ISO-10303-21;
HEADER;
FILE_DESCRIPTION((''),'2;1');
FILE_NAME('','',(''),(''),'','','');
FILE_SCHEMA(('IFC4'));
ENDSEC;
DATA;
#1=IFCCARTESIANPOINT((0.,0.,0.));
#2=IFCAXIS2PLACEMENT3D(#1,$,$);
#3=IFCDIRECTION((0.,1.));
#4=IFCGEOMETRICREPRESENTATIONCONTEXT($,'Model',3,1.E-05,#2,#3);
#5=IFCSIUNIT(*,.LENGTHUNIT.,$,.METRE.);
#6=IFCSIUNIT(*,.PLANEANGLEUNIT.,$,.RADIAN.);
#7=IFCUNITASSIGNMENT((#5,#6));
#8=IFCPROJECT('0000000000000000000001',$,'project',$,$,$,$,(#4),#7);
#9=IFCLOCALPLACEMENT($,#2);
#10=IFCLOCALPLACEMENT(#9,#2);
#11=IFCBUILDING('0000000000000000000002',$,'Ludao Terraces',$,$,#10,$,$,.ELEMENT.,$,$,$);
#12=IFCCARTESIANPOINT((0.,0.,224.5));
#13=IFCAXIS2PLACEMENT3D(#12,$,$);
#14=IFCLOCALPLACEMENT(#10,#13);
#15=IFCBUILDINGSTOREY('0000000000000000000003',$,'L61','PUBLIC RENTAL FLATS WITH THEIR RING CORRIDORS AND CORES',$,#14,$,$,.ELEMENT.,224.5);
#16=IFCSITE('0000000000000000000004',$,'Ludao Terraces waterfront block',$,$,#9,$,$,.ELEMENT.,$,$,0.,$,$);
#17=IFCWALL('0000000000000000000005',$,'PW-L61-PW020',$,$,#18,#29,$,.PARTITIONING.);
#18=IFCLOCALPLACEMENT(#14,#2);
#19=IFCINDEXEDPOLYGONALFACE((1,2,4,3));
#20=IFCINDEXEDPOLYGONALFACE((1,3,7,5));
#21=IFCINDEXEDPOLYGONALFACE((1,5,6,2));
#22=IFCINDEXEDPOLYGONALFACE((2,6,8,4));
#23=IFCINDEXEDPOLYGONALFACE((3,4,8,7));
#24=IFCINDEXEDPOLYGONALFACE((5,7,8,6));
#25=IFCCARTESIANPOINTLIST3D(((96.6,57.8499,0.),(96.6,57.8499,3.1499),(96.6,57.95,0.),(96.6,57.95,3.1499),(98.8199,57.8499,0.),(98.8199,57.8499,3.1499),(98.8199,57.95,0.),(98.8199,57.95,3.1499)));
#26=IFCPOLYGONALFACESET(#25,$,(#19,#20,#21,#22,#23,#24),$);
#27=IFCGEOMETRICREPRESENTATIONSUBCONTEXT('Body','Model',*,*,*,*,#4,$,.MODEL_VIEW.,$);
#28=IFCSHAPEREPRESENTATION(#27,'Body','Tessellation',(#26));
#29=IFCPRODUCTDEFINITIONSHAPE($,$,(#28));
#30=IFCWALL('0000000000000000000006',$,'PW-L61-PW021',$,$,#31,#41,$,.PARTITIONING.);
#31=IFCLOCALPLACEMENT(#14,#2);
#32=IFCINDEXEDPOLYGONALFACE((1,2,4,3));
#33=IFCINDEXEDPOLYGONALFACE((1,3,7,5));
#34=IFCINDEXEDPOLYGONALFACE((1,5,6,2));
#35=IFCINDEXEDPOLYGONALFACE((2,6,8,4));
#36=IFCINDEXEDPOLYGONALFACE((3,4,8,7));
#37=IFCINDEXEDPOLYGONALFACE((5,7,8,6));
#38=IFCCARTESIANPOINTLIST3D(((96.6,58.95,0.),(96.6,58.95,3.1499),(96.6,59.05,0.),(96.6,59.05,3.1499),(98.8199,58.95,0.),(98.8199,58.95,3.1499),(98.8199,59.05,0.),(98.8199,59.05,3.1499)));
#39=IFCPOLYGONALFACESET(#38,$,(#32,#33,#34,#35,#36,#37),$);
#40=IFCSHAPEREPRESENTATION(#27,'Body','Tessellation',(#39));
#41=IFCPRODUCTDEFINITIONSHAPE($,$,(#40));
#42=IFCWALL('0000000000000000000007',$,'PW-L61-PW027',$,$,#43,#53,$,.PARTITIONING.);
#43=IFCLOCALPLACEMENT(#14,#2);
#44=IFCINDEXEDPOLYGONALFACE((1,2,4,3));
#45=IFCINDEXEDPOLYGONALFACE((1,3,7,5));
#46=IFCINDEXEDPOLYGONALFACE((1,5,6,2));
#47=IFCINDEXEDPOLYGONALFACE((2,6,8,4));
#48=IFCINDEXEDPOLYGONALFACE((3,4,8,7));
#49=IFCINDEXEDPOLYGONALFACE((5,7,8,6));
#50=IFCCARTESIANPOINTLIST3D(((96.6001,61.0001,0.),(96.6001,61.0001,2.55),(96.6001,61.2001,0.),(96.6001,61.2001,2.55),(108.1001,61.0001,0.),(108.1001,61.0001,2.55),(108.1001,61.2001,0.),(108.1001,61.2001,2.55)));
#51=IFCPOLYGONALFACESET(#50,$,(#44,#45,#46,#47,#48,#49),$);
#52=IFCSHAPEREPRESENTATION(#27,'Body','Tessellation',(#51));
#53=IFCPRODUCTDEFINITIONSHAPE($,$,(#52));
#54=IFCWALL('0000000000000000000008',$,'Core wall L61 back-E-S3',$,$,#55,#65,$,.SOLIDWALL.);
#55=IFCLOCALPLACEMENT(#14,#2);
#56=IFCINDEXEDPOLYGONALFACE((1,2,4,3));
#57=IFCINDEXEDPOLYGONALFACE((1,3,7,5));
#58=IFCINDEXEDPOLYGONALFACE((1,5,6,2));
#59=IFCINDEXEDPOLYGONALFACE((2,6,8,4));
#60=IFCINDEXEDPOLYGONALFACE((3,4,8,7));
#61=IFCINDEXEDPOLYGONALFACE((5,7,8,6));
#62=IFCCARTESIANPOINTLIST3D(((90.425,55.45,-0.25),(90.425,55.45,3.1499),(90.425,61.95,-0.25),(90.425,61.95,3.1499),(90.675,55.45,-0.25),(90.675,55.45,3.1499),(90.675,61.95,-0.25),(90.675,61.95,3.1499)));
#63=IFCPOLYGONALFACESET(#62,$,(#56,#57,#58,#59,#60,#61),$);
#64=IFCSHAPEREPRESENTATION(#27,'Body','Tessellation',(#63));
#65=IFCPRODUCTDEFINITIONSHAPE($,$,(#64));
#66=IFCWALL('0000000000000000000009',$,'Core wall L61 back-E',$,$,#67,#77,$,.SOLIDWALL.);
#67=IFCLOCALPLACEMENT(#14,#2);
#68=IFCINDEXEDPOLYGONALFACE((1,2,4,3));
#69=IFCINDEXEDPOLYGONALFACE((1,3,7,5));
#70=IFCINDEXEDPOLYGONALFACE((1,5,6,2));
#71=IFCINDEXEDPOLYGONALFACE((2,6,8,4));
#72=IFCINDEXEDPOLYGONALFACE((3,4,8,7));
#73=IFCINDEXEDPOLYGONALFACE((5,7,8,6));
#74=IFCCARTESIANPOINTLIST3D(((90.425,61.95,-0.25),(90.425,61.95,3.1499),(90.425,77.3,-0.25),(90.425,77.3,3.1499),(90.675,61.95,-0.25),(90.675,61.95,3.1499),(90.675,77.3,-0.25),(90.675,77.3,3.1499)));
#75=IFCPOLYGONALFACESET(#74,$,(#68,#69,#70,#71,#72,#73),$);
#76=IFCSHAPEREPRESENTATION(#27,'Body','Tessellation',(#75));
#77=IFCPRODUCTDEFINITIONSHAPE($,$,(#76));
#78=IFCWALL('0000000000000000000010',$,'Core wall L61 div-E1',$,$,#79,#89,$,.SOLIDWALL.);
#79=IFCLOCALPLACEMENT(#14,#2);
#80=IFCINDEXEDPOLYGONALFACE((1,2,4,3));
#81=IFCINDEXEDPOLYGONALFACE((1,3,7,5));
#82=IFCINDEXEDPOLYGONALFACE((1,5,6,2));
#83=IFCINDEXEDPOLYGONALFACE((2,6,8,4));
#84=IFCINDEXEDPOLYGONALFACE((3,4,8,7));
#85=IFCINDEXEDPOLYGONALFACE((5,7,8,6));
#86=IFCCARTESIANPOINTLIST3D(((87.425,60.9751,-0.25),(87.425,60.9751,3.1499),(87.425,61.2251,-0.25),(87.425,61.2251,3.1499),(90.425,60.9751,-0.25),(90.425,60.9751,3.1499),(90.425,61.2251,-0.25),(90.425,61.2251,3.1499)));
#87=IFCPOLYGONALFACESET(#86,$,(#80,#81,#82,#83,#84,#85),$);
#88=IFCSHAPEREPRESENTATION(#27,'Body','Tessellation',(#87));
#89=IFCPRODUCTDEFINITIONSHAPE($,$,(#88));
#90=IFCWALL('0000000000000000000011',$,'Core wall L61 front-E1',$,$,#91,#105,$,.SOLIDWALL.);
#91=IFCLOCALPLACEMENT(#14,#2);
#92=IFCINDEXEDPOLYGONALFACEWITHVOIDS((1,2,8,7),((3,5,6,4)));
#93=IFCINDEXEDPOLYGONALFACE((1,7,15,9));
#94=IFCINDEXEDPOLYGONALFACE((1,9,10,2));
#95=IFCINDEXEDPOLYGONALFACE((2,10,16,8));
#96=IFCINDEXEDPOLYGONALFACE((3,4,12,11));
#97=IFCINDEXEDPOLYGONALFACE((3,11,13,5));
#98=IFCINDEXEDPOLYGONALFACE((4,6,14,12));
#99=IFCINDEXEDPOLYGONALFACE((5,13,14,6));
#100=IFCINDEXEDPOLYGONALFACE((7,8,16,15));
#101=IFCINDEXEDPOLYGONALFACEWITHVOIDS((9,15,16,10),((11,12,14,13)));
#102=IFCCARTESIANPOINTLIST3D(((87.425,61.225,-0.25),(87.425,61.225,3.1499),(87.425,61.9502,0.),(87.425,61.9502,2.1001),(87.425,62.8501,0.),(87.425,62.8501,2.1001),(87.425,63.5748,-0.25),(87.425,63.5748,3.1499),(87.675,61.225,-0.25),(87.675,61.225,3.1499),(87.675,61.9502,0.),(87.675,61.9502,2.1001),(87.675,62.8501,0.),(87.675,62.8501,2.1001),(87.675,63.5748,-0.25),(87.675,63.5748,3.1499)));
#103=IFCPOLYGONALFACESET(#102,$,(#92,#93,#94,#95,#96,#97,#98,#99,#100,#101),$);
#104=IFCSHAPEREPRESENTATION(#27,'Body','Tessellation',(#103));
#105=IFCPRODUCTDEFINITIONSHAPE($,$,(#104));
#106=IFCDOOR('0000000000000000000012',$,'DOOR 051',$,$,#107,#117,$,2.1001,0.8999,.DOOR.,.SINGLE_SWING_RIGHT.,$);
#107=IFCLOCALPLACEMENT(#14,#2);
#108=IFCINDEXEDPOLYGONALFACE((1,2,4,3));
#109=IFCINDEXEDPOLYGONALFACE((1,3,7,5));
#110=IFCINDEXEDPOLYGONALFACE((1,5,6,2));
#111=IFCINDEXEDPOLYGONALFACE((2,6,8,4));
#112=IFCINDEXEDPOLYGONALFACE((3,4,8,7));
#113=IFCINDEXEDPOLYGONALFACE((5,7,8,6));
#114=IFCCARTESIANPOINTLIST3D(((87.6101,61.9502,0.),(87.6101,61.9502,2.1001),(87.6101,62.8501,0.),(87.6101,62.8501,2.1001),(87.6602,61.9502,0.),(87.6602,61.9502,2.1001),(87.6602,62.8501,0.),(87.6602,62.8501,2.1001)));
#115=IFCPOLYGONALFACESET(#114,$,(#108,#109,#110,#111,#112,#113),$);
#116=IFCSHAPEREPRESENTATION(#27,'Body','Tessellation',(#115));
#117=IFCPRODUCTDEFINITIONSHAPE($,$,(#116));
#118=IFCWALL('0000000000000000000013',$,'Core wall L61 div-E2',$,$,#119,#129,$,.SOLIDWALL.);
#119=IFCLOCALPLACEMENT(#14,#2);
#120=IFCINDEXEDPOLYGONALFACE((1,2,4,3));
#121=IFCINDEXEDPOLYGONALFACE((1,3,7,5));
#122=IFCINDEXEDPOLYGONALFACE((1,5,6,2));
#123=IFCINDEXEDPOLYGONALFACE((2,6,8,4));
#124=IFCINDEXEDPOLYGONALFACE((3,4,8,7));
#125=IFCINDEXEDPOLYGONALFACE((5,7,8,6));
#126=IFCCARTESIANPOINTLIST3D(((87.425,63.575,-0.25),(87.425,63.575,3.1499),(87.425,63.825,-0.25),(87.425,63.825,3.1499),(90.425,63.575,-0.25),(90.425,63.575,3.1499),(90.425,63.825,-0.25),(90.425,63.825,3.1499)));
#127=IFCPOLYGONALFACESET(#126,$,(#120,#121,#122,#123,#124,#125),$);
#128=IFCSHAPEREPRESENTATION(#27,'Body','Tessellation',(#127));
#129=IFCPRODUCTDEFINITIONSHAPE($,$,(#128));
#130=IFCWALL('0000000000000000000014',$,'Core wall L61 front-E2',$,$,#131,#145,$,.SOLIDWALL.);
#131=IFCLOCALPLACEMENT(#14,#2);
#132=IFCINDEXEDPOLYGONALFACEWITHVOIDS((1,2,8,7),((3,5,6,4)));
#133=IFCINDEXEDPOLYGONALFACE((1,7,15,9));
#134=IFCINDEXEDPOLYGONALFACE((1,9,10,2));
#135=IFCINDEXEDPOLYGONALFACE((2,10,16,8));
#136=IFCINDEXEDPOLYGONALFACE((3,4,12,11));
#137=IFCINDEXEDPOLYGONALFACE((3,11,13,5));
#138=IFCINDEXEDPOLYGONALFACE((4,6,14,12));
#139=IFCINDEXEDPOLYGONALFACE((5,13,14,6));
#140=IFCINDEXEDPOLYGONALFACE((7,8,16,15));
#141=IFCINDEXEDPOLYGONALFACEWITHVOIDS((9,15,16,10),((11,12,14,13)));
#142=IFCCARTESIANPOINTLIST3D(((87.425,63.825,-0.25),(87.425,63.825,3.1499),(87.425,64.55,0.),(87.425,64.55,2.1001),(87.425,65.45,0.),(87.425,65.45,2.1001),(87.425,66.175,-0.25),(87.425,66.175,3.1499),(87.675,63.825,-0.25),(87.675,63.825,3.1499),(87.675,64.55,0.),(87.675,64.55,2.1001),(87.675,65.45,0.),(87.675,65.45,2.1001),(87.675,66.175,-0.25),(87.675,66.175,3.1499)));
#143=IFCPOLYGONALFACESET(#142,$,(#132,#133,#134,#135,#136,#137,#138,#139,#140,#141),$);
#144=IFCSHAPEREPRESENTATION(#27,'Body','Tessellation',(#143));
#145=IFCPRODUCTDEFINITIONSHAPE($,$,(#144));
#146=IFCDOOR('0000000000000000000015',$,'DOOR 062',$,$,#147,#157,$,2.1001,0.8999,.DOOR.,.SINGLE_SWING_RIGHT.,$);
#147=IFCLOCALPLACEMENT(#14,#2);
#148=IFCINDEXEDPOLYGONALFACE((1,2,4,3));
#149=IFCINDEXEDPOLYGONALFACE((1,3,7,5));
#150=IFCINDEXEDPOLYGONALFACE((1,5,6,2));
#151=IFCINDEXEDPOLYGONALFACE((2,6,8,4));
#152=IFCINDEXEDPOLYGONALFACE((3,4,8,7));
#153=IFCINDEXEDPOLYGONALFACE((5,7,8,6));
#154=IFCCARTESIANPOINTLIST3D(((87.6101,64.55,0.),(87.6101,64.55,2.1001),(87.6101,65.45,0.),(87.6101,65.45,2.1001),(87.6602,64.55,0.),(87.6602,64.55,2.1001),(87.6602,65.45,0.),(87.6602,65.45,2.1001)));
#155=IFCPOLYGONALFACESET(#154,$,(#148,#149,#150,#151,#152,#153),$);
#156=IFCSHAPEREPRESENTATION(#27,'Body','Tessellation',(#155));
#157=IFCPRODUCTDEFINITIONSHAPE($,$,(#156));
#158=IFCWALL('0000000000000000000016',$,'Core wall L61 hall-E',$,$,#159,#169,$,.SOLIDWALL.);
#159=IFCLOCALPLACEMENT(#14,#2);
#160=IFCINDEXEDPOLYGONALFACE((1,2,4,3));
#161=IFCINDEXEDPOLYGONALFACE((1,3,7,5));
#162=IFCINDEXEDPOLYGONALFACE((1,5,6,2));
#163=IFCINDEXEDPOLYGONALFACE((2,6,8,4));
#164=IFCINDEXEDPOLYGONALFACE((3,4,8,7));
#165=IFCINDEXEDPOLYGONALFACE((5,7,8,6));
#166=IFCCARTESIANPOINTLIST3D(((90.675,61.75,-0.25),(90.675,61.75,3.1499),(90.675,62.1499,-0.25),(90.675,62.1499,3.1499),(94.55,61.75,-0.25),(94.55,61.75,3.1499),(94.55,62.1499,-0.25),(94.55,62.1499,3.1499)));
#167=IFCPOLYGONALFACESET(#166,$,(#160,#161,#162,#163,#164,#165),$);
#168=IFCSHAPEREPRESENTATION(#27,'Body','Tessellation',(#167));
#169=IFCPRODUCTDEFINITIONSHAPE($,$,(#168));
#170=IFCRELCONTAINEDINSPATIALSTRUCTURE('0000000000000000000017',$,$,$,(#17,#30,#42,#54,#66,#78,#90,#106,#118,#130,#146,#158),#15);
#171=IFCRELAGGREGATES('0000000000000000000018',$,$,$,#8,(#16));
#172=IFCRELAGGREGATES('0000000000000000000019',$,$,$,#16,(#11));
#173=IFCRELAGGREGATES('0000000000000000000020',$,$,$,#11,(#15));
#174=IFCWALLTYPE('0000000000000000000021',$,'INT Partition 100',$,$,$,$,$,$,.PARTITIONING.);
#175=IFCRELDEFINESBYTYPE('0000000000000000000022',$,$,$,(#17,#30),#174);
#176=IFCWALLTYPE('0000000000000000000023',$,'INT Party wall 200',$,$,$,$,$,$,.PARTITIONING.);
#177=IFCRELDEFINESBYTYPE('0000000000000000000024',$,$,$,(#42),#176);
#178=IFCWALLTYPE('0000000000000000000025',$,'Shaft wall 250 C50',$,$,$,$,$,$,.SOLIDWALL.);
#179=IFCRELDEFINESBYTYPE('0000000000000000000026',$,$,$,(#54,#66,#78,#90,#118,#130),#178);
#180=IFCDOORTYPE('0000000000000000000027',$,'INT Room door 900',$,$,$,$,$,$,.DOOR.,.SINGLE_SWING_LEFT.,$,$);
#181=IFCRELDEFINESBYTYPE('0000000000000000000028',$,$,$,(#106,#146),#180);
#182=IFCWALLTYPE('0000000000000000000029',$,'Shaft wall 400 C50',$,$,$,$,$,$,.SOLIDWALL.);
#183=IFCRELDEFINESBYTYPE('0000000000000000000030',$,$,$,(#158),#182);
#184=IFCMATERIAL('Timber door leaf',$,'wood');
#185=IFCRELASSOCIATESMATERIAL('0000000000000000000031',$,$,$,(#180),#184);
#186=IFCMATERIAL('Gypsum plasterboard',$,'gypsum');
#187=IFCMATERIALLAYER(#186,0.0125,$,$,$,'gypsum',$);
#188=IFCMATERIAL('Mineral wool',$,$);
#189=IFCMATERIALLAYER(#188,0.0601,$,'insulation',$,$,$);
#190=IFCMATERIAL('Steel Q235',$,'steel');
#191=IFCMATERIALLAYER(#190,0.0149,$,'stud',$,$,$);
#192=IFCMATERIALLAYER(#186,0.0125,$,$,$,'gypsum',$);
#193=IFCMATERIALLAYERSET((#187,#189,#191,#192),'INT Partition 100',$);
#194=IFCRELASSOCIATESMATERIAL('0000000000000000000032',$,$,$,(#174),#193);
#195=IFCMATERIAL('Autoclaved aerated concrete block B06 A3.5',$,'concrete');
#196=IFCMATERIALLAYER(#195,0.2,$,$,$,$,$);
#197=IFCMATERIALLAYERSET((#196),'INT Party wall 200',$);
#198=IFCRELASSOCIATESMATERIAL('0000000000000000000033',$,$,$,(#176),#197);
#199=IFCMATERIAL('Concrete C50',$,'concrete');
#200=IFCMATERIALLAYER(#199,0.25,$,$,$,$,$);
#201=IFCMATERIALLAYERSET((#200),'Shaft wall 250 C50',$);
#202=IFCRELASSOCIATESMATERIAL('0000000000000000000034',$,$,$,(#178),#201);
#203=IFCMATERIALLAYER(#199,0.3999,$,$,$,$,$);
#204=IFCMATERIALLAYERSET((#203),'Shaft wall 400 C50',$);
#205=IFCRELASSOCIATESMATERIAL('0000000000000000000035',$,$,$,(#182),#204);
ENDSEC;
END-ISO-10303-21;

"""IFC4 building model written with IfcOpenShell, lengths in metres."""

from ifc_helpers import new_model, si_unit, direction, frame, frame_2d, origin, place, context, subcontext, project, spatial, rectangle, extrude, material, layer, layer_set, type_object, element, fill, save


model = new_model("IFC4")

# Units and contexts
model_context = context("Model", 3, precision=1e-05, world=origin(), true_north=direction((0.0, 1.0)))
body_context = subcontext(model_context, "Body", "Model", "MODEL_VIEW")
ifc_project = project(units=[si_unit("LENGTHUNIT", "METRE"), si_unit("PLANEANGLEUNIT", "RADIAN")], contexts=[model_context])

# Site, building, storey
site_placement = place(None, origin())
site = spatial("IfcSite", under=ifc_project, at=site_placement, Name="Ludao Terraces waterfront block", CompositionType="ELEMENT", RefElevation=0.0)
building_placement = place(site_placement, origin())
building = spatial("IfcBuilding", under=site, at=building_placement, Name="Ludao Terraces", CompositionType="ELEMENT")
storey_placement = place(building_placement, frame((0.0, 0.0, 224.5)))
storey = spatial("IfcBuildingStorey", under=building, at=storey_placement, Name="L61", Description="PUBLIC RENTAL FLATS WITH THEIR RING CORRIDORS AND CORES", CompositionType="ELEMENT", Elevation=224.5)

# Shared definitions
ifc_material_1 = material(Name="Concrete C50", Category="concrete")
ifc_material_2 = material(Name="Steel Q235", Category="steel")
ifc_material_3 = material(Name="Timber door leaf", Category="wood")
door_type_1 = type_object("IfcDoorType", Name="INT Room door 900", OperationType="SINGLE_SWING_LEFT", PredefinedType="DOOR", material=ifc_material_3)

# Shared definitions
ifc_material_4 = material(Name="Mineral wool")

# Walls
ifc_material_5 = material(Name="Gypsum plasterboard", Category="gypsum")
ifc_layer_1 = layer(ifc_material_5, 0.0125, Category="gypsum")
ifc_layer_2 = layer(ifc_material_4, 0.0601, Name="insulation")
ifc_layer_3 = layer(ifc_material_2, 0.0149, Name="stud")
ifc_layer_4 = layer(ifc_material_5, 0.0125, Category="gypsum")
ifc_layer_set_1 = layer_set([ifc_layer_1, ifc_layer_2, ifc_layer_3, ifc_layer_4], Name="INT Partition 100")
wall_type_1 = type_object("IfcWallType", Name="INT Partition 100", PredefinedType="PARTITIONING", material=ifc_layer_set_1)
for number, where, z_axis, x_axis, name in (
    (1, (96.6001, 57.8999, 0.0), (0.0, 0.0, 1.0), (1.0, 0.0, 0.0), "PW-L61-PW020"),
    (2, (96.6001, 59.0, 0.0), (0.0, 0.0, 1.0), (1.0, 0.0, 0.0), "PW-L61-PW021"),
):
    element("IfcWall", number, at=place(storey_placement, frame(where, z_axis=z_axis, x_axis=x_axis)), inside=storey, type_object=wall_type_1, Name=name, PredefinedType="PARTITIONING", context=body_context, shape_type="SweptSolid", body=[
        extrude(rectangle(XDim=2.22, YDim=0.1001, at=frame_2d((1.1099, 0.0))), origin(), (0.0, 0.0, 1.0), 3.1499),
    ])
ifc_material_6 = material(Name="Autoclaved aerated concrete block B06 A3.5", Category="concrete")
ifc_layer_5 = layer(ifc_material_6, 0.2)
ifc_layer_set_2 = layer_set([ifc_layer_5], Name="INT Party wall 200")
wall_type_2 = type_object("IfcWallType", Name="INT Party wall 200", PredefinedType="PARTITIONING", material=ifc_layer_set_2)
wall_1_placement = place(storey_placement, frame((96.6001, 61.1001, 0.0), z_axis=(0.0, 0.0, 1.0), x_axis=(1.0, 0.0, 0.0)))
element("IfcWall", 3, at=wall_1_placement, inside=storey, type_object=wall_type_2, Name="PW-L61-PW027", PredefinedType="PARTITIONING", context=body_context, shape_type="SweptSolid", body=[
    extrude(rectangle(XDim=11.5, YDim=0.2, at=frame_2d((5.75, 0.0))), origin(), (0.0, 0.0, 1.0), 2.55),
])
ifc_layer_6 = layer(ifc_material_1, 0.25)
ifc_layer_set_3 = layer_set([ifc_layer_6], Name="Shaft wall 250 C50")
wall_type_3 = type_object("IfcWallType", Name="Shaft wall 250 C50", PredefinedType="SOLIDWALL", material=ifc_layer_set_3)
wall_2_placement = place(storey_placement, frame((90.55, 55.45, -0.25), z_axis=(0.0, 0.0, 1.0), x_axis=(0.0, 1.0, 0.0)))
element("IfcWall", 4, at=wall_2_placement, inside=storey, type_object=wall_type_3, Name="Core wall L61 back-E-S3", PredefinedType="SOLIDWALL", context=body_context, shape_type="SweptSolid", body=[
    extrude(rectangle(XDim=6.5, YDim=0.25, at=frame_2d((3.25, 0.0))), origin(), (0.0, 0.0, 1.0), 3.3999),
])
wall_3_placement = place(storey_placement, frame((90.55, 61.95, -0.25), z_axis=(0.0, 0.0, 1.0), x_axis=(0.0, 1.0, 0.0)))
element("IfcWall", 5, at=wall_3_placement, inside=storey, type_object=wall_type_3, Name="Core wall L61 back-E", PredefinedType="SOLIDWALL", context=body_context, shape_type="SweptSolid", body=[
    extrude(rectangle(XDim=15.3501, YDim=0.25, at=frame_2d((7.675, 0.0))), origin(), (0.0, 0.0, 1.0), 3.3999),
])
wall_4_placement = place(storey_placement, frame((87.425, 61.1001, -0.25), z_axis=(0.0, 0.0, 1.0), x_axis=(1.0, 0.0, 0.0)))
element("IfcWall", 6, at=wall_4_placement, inside=storey, type_object=wall_type_3, Name="Core wall L61 div-E1", PredefinedType="SOLIDWALL", context=body_context, shape_type="SweptSolid", body=[
    extrude(rectangle(XDim=3.0, YDim=0.25, at=frame_2d((1.5, 0.0))), origin(), (0.0, 0.0, 1.0), 3.3999),
])

# Wall, opening, door
wall_5_placement = place(storey_placement, frame((87.55, 61.2251, -0.25), z_axis=(0.0, 0.0, 1.0), x_axis=(0.0, 1.0, 0.0)))
wall_5 = element("IfcWall", 7, at=wall_5_placement, inside=storey, type_object=wall_type_3, Name="Core wall L61 front-E1", PredefinedType="SOLIDWALL", context=body_context, shape_type="SweptSolid", body=[
    extrude(rectangle(XDim=2.3499, YDim=0.25, at=frame_2d((1.1748, 0.0))), origin(), (0.0, 0.0, 1.0), 3.3999),
])
opening_1_placement = place(wall_5_placement, frame((0.7251, 0.0, 0.25)))
opening_1 = element("IfcOpeningElement", 8, at=opening_1_placement, cuts=wall_5, PredefinedType="OPENING", context=body_context, shape_type="SweptSolid", body=[
    extrude(rectangle(XDim=0.8999, YDim=2.1001, at=frame_2d((0.45, 1.05))), frame((0.0, 0.135, 0.0), z_axis=(0.0, -1.0, 0.0), x_axis=(1.0, 0.0, 0.0)), (0.0, 0.0, 1.0), 0.27),
])
door_1_placement = place(opening_1_placement, origin())
door_1 = element("IfcDoor", 9, at=door_1_placement, inside=storey, type_object=door_type_1, Name="DOOR 051", OperationType="SINGLE_SWING_RIGHT", OverallHeight=2.1001, OverallWidth=0.8999, PredefinedType="DOOR", context=body_context, shape_type="SweptSolid", body=[
    extrude(rectangle(XDim=0.8999, YDim=2.1001, at=frame_2d((0.45, 1.05))), frame((0.0, -0.0601, 0.0), z_axis=(0.0, -1.0, 0.0), x_axis=(1.0, 0.0, 0.0)), (0.0, 0.0, 1.0), 0.05),
])
fill(opening_1, door_1)

# Wall
wall_6_placement = place(storey_placement, frame((87.425, 63.7, -0.25), z_axis=(0.0, 0.0, 1.0), x_axis=(1.0, 0.0, 0.0)))
element("IfcWall", 10, at=wall_6_placement, inside=storey, type_object=wall_type_3, Name="Core wall L61 div-E2", PredefinedType="SOLIDWALL", context=body_context, shape_type="SweptSolid", body=[
    extrude(rectangle(XDim=3.0, YDim=0.25, at=frame_2d((1.5, 0.0))), origin(), (0.0, 0.0, 1.0), 3.3999),
])

# Wall, opening, door
wall_7_placement = place(storey_placement, frame((87.55, 63.825, -0.25), z_axis=(0.0, 0.0, 1.0), x_axis=(0.0, 1.0, 0.0)))
wall_7 = element("IfcWall", 11, at=wall_7_placement, inside=storey, type_object=wall_type_3, Name="Core wall L61 front-E2", PredefinedType="SOLIDWALL", context=body_context, shape_type="SweptSolid", body=[
    extrude(rectangle(XDim=2.3501, YDim=0.25, at=frame_2d((1.175, 0.0))), origin(), (0.0, 0.0, 1.0), 3.3999),
])
opening_2_placement = place(wall_7_placement, frame((0.7251, 0.0, 0.25)))
opening_2 = element("IfcOpeningElement", 12, at=opening_2_placement, cuts=wall_7, PredefinedType="OPENING", context=body_context, shape_type="SweptSolid", body=[
    extrude(rectangle(XDim=0.8999, YDim=2.1001, at=frame_2d((0.45, 1.05))), frame((0.0, 0.135, 0.0), z_axis=(0.0, -1.0, 0.0), x_axis=(1.0, 0.0, 0.0)), (0.0, 0.0, 1.0), 0.27),
])
door_2_placement = place(opening_2_placement, origin())
door_2 = element("IfcDoor", 13, at=door_2_placement, inside=storey, type_object=door_type_1, Name="DOOR 062", OperationType="SINGLE_SWING_RIGHT", OverallHeight=2.1001, OverallWidth=0.8999, PredefinedType="DOOR", context=body_context, shape_type="SweptSolid", body=[
    extrude(rectangle(XDim=0.8999, YDim=2.1001, at=frame_2d((0.45, 1.05))), frame((0.0, -0.0601, 0.0), z_axis=(0.0, -1.0, 0.0), x_axis=(1.0, 0.0, 0.0)), (0.0, 0.0, 1.0), 0.05),
])
fill(opening_2, door_2)

# Wall
ifc_layer_7 = layer(ifc_material_1, 0.3999)
ifc_layer_set_4 = layer_set([ifc_layer_7], Name="Shaft wall 400 C50")
wall_type_4 = type_object("IfcWallType", Name="Shaft wall 400 C50", PredefinedType="SOLIDWALL", material=ifc_layer_set_4)
wall_8_placement = place(storey_placement, frame((90.675, 61.95, -0.25), z_axis=(0.0, 0.0, 1.0), x_axis=(1.0, 0.0, 0.0)))
element("IfcWall", 14, at=wall_8_placement, inside=storey, type_object=wall_type_4, Name="Core wall L61 hall-E", PredefinedType="SOLIDWALL", context=body_context, shape_type="SweptSolid", body=[
    extrude(rectangle(XDim=3.875, YDim=0.3999, at=frame_2d((1.9375, 0.0))), origin(), (0.0, 0.0, 1.0), 3.3999),
])

save(model, "model.ifc")
